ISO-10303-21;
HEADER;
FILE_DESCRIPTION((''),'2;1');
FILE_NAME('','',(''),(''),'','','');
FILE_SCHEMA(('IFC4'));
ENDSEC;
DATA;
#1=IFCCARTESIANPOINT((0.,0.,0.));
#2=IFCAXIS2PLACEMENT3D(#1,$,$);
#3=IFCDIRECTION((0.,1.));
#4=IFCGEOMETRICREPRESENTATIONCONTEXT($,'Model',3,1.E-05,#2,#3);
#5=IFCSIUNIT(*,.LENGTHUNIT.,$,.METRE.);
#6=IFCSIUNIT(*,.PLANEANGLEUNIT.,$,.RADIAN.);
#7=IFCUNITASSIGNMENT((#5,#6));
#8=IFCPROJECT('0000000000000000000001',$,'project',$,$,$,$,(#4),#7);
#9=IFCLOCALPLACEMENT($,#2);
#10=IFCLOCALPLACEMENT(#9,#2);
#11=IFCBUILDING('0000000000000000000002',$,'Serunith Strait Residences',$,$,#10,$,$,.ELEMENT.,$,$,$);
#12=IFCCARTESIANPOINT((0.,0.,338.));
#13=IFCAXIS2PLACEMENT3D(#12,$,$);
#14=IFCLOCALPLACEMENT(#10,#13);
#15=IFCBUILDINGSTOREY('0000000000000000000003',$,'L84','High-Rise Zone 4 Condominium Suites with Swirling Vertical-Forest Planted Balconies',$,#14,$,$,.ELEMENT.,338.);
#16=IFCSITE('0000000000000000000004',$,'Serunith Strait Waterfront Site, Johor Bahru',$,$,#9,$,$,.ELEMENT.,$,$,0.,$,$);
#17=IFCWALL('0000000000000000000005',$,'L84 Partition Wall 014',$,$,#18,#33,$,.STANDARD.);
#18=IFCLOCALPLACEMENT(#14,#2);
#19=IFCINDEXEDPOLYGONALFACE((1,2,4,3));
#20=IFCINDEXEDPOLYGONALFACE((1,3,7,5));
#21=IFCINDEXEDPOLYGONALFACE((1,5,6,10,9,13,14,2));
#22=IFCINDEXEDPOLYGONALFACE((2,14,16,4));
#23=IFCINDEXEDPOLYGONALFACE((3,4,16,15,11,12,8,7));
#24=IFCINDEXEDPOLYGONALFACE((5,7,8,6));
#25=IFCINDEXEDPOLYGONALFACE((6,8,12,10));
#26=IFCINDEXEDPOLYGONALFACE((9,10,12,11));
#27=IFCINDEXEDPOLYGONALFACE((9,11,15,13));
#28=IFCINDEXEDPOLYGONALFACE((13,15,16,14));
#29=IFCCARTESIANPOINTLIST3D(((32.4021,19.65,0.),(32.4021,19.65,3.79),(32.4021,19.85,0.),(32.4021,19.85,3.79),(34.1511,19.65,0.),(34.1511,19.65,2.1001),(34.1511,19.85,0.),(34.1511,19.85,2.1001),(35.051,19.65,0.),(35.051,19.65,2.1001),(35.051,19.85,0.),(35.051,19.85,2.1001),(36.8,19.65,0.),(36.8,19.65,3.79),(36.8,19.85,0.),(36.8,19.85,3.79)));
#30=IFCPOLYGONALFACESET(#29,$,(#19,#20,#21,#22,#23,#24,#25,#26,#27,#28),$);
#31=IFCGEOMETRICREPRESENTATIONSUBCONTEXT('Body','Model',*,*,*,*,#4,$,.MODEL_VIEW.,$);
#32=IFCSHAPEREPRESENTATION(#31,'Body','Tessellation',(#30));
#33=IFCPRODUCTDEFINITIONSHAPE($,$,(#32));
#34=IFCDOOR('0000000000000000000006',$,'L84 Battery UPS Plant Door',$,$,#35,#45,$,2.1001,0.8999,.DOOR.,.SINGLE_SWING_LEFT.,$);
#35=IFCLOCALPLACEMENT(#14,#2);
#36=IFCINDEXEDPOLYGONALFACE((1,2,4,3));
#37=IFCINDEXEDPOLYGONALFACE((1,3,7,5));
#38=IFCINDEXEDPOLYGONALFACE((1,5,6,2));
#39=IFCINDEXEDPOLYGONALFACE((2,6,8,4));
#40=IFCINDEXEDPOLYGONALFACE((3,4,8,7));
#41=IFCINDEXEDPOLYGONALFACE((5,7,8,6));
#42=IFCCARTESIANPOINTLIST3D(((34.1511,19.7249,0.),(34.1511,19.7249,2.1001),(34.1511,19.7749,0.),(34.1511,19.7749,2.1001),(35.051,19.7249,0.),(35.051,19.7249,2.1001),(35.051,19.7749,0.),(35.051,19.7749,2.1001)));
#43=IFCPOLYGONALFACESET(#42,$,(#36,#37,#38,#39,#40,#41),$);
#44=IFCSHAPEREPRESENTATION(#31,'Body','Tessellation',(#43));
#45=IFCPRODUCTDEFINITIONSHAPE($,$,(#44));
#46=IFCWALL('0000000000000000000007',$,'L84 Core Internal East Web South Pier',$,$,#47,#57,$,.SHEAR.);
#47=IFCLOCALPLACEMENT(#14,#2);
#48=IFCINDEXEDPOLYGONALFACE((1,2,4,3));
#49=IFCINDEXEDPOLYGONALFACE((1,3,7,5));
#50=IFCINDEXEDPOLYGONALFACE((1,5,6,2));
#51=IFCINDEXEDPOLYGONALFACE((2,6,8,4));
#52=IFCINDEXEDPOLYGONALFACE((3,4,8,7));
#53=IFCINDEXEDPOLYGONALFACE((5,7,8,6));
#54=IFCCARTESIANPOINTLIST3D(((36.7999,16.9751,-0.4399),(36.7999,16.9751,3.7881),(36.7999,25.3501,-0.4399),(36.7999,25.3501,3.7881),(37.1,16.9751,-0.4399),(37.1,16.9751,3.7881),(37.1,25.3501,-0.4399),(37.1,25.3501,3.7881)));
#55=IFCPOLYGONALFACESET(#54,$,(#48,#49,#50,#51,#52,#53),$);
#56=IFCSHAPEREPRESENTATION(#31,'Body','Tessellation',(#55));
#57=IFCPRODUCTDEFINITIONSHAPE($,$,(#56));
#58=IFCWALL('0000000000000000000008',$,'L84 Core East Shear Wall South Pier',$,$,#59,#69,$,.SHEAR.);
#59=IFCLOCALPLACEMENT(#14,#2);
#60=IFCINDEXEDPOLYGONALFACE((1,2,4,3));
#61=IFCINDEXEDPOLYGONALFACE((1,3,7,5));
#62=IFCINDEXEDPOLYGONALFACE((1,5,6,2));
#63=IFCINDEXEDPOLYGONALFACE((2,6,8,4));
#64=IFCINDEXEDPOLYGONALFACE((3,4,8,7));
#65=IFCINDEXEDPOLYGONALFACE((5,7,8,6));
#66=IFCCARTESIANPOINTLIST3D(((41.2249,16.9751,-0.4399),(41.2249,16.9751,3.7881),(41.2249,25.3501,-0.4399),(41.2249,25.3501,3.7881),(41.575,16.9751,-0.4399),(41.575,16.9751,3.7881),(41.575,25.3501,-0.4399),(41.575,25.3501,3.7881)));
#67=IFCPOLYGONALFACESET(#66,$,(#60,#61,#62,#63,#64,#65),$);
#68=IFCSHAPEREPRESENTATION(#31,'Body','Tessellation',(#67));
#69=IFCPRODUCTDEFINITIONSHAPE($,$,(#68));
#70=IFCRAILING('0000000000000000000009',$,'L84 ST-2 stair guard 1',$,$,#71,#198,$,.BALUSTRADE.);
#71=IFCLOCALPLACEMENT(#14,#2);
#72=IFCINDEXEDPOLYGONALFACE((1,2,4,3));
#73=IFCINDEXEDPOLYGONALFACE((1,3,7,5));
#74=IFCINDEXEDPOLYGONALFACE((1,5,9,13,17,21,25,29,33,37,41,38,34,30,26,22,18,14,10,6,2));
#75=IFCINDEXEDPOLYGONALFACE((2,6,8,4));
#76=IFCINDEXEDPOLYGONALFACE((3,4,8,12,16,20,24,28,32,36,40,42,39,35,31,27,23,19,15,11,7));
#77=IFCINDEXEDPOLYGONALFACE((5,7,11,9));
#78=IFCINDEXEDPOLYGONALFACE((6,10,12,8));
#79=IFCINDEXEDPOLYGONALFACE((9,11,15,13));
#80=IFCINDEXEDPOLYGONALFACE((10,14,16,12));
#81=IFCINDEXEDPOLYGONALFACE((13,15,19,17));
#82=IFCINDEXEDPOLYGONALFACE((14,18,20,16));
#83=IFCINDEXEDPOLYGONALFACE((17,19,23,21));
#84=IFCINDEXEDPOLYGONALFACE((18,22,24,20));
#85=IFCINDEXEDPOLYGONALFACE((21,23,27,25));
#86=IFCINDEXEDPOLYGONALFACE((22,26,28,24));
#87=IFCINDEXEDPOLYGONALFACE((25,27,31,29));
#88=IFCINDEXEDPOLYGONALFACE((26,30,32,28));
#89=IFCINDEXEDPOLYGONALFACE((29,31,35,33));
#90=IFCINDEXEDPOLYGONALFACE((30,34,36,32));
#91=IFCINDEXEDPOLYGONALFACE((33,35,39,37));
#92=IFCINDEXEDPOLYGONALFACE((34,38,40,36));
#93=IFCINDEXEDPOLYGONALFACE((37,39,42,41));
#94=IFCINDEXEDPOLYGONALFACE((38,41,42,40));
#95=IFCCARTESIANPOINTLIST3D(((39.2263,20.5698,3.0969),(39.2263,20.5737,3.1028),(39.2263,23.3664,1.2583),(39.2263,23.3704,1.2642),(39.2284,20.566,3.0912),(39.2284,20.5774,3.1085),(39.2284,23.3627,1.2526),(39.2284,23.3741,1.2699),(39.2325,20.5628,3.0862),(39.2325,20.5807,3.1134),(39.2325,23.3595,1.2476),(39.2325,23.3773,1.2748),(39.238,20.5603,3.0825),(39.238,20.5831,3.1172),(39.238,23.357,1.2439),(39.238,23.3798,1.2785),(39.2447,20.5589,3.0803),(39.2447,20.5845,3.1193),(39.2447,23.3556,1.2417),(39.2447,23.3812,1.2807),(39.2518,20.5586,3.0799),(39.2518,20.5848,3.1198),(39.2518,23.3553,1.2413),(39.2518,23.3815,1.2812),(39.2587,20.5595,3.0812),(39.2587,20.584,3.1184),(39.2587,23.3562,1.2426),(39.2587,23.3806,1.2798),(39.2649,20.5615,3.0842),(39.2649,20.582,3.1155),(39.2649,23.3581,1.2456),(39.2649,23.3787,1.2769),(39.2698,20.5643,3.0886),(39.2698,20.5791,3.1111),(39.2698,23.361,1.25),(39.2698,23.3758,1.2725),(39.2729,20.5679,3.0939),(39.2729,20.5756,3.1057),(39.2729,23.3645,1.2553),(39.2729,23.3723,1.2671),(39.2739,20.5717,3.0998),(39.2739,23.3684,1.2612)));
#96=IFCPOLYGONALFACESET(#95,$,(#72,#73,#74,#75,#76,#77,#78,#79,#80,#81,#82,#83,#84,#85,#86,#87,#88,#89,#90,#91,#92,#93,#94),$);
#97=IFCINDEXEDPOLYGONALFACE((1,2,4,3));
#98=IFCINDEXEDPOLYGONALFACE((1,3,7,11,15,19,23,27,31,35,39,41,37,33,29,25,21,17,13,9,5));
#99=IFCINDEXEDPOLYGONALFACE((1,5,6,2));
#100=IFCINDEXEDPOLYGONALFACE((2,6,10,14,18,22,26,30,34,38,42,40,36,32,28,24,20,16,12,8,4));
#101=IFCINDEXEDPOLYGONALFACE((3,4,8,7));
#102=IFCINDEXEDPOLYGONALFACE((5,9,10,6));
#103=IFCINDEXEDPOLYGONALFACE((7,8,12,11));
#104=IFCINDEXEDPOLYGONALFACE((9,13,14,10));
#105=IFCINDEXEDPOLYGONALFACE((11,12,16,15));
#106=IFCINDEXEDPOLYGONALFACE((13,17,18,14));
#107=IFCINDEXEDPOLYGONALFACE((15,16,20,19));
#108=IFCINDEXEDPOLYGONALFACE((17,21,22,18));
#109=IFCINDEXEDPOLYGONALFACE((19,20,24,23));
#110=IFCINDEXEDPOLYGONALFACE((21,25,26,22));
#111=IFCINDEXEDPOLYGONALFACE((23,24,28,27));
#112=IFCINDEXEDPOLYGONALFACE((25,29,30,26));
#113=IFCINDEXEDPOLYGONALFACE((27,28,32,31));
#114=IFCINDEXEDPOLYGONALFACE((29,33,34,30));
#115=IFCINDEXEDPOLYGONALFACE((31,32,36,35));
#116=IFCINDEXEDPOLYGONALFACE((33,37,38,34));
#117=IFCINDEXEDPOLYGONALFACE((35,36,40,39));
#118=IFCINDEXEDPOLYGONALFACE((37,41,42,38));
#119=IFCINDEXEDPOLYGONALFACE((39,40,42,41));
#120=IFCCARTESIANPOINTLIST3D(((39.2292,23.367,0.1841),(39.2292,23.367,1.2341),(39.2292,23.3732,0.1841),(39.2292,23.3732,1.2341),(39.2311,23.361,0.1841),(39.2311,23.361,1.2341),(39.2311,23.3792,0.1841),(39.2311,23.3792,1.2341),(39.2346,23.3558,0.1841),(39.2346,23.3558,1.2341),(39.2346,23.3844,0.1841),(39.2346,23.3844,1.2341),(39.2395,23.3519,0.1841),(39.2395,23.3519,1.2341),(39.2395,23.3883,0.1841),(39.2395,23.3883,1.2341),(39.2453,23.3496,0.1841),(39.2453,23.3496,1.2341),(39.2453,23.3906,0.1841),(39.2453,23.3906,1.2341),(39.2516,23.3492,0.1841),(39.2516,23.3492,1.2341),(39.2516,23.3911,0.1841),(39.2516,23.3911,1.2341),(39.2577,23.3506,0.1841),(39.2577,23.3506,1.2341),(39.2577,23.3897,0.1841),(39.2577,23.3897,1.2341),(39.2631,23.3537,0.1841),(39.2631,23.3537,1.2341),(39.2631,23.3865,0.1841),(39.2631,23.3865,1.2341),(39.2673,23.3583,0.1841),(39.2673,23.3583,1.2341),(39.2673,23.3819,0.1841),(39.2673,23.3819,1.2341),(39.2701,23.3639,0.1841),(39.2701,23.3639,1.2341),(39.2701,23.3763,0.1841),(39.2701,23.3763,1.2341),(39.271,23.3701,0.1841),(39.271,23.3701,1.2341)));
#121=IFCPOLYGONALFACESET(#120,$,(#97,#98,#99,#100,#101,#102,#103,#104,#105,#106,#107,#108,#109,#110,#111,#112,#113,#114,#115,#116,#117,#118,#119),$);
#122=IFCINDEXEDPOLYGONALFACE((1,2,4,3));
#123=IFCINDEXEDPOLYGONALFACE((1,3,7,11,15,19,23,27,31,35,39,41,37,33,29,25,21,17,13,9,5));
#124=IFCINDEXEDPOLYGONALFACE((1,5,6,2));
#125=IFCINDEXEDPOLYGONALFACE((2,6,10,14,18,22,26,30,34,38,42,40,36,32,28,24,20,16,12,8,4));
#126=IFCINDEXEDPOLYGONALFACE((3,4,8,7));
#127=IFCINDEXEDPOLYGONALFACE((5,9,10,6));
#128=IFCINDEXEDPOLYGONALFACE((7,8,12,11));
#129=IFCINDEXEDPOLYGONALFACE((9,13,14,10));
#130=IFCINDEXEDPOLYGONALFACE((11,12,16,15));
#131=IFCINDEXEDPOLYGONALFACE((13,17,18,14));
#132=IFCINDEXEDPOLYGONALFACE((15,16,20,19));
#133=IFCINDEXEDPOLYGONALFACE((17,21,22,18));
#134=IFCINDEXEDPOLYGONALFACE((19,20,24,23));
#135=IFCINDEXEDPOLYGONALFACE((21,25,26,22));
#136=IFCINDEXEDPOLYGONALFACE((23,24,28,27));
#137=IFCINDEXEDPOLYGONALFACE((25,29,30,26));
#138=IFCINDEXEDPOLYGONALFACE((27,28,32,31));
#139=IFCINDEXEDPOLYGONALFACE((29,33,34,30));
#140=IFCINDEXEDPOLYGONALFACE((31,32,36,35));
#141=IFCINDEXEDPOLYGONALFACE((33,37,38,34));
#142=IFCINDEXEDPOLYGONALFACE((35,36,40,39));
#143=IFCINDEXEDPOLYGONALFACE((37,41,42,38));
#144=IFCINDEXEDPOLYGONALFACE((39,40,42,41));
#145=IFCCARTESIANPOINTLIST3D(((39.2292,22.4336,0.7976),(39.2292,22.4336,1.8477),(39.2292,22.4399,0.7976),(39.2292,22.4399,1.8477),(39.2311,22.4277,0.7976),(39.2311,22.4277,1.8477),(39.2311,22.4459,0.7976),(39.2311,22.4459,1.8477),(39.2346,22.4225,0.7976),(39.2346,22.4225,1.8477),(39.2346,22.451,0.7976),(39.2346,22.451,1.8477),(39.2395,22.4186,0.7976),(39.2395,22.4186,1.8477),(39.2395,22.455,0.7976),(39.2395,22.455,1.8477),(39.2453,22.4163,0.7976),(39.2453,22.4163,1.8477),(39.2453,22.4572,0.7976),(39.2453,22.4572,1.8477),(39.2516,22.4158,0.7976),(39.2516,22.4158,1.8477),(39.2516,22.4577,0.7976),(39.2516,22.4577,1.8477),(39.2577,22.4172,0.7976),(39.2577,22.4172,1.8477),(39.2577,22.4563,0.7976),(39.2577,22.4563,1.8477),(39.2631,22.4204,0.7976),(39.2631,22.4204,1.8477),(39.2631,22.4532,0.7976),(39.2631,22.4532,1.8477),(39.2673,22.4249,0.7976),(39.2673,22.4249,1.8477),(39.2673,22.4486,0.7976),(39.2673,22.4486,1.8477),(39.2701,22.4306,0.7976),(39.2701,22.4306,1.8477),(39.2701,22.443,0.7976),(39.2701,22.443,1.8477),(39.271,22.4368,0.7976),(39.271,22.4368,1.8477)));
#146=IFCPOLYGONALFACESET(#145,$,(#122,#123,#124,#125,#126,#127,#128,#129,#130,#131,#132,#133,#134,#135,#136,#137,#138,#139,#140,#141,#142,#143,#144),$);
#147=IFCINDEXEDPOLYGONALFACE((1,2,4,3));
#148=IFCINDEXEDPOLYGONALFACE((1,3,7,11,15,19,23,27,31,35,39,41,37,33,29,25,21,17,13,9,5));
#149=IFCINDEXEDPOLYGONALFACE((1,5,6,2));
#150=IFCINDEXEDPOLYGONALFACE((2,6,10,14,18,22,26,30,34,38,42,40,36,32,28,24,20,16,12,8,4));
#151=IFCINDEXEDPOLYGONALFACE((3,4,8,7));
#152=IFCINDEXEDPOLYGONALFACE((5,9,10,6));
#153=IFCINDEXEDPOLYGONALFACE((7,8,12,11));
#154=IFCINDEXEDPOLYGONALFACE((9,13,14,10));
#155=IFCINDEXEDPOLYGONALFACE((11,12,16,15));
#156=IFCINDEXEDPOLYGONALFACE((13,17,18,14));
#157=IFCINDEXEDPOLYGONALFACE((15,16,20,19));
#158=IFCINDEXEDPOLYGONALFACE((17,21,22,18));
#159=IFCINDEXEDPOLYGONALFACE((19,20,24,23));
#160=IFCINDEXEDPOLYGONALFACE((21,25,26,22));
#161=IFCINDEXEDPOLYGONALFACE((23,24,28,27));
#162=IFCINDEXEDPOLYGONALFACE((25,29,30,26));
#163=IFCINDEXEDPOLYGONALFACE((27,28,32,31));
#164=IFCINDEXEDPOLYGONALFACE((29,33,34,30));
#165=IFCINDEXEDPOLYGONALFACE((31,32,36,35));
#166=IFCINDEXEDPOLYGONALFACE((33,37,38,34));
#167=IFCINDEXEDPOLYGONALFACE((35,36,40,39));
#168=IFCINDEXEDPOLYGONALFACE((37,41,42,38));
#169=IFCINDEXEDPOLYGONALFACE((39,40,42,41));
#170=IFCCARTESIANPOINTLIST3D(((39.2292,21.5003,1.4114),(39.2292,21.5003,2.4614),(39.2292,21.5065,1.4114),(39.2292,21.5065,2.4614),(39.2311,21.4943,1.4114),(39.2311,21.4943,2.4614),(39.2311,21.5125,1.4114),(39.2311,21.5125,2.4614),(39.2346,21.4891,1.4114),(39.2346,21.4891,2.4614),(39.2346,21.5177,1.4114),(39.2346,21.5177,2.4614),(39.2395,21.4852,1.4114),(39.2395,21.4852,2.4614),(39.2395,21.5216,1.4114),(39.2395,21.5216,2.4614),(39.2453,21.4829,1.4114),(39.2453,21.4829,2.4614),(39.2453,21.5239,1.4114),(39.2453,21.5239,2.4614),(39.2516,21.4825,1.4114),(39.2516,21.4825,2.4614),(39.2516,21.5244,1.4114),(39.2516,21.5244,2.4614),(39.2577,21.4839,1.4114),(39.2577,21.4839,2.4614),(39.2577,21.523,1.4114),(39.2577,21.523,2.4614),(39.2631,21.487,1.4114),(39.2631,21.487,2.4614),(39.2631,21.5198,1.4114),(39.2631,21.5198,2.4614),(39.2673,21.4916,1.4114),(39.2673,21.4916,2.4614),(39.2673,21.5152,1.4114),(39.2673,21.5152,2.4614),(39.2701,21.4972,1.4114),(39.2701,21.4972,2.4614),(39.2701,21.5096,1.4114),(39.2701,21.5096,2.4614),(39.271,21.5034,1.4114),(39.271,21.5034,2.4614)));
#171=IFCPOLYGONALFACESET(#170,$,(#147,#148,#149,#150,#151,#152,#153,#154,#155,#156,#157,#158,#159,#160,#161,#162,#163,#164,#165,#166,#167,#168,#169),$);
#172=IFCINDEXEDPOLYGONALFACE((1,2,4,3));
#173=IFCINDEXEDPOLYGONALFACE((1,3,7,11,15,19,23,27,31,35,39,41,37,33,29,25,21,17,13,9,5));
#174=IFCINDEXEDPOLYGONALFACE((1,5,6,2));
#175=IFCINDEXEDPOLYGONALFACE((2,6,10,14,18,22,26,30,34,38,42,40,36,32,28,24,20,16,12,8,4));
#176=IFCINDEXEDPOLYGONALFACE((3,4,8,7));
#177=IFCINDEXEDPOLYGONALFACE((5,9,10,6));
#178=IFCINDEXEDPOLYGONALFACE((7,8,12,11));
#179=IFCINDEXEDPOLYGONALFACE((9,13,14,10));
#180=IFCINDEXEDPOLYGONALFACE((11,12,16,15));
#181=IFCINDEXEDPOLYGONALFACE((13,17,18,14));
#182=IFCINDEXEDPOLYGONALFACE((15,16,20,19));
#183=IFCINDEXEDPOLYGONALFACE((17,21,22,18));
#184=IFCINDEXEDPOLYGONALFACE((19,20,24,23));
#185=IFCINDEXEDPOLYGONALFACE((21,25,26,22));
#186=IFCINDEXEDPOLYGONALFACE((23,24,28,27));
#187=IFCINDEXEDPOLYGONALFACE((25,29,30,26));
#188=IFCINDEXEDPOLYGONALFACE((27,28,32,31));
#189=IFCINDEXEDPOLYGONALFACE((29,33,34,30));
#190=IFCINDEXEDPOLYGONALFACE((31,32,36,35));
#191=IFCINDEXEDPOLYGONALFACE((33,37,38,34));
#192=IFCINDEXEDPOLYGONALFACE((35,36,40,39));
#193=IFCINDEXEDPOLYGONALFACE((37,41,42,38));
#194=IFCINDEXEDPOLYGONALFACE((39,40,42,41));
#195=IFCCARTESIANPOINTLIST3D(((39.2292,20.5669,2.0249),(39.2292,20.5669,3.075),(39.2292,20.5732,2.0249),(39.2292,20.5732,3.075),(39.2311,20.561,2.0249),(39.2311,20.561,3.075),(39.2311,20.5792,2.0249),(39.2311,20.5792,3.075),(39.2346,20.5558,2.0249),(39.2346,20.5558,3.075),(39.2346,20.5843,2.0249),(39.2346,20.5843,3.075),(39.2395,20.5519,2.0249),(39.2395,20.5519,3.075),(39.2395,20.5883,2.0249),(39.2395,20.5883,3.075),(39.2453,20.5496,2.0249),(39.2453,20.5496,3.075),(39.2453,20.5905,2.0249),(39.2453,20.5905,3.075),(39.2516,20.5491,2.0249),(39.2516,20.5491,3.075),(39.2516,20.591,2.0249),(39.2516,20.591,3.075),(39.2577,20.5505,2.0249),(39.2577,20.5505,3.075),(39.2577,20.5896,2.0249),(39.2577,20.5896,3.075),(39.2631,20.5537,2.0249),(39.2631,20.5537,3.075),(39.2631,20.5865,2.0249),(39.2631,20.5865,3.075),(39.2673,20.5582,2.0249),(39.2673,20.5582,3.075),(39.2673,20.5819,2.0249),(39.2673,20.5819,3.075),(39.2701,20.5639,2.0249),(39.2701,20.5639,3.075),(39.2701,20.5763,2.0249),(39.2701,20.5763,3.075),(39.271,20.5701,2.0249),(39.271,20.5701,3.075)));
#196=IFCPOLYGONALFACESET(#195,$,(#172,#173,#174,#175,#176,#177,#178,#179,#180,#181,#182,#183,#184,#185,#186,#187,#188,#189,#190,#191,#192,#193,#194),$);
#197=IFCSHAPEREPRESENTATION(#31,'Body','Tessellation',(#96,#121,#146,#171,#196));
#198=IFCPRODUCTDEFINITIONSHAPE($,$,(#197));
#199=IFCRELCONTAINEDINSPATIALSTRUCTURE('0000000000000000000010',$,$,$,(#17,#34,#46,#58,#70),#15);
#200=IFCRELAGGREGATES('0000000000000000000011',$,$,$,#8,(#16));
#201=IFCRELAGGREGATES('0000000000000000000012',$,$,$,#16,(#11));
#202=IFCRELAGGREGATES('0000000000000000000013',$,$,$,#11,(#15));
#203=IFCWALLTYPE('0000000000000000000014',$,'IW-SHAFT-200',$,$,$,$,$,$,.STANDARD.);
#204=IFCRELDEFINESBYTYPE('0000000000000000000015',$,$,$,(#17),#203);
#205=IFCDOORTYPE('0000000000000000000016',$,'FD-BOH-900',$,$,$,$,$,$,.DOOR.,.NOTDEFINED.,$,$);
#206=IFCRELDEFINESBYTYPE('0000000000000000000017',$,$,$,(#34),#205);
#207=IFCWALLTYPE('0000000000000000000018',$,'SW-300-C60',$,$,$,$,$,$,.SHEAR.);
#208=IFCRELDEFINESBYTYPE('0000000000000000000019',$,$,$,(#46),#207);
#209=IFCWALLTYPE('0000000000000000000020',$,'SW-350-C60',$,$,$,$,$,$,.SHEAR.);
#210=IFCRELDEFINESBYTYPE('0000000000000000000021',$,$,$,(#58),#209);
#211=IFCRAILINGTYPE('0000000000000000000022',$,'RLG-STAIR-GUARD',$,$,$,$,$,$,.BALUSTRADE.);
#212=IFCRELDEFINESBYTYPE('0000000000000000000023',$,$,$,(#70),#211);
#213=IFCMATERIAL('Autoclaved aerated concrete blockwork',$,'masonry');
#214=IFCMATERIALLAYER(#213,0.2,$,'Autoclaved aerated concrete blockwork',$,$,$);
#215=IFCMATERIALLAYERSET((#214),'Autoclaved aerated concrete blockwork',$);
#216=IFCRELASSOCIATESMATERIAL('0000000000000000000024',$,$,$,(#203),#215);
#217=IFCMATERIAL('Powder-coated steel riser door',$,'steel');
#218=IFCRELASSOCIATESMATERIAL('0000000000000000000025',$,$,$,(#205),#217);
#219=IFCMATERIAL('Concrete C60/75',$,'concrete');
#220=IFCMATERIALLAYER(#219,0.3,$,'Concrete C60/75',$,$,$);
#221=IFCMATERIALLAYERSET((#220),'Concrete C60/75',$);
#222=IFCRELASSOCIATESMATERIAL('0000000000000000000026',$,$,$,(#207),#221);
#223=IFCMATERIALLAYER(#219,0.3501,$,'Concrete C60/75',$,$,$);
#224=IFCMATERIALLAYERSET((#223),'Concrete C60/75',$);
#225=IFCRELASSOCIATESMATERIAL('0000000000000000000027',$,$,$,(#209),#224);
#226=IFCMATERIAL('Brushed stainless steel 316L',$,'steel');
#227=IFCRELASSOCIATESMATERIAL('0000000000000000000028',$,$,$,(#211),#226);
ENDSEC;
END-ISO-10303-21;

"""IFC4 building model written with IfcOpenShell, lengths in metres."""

from ifc_helpers import new_model, si_unit, direction, frame, frame_2d, origin, origin_2d, place, context, subcontext, project, spatial, rectangle, circle, extrude, source, transform, mapped, material, layer, layer_set, type_object, element, fill, save


model = new_model("IFC4")

# Units and contexts
model_context = context("Model", 3, precision=1e-05, world=origin(), true_north=direction((0.0, 1.0)))
body_context = subcontext(model_context, "Body", "Model", "MODEL_VIEW")
ifc_project = project(units=[si_unit("LENGTHUNIT", "METRE"), si_unit("PLANEANGLEUNIT", "RADIAN")], contexts=[model_context])

# Site, building, storey
site_placement = place(None, origin())
site = spatial("IfcSite", under=ifc_project, at=site_placement, Name="Serunith Strait Waterfront Site, Johor Bahru", CompositionType="ELEMENT", RefElevation=0.0)
building_placement = place(site_placement, origin())
building = spatial("IfcBuilding", under=site, at=building_placement, Name="Serunith Strait Residences", CompositionType="ELEMENT")
storey_placement = place(building_placement, frame((0.0, 0.0, 338.0)))
storey = spatial("IfcBuildingStorey", under=building, at=storey_placement, Name="L84", Description="High-Rise Zone 4 Condominium Suites with Swirling Vertical-Forest Planted Balconies", CompositionType="ELEMENT", Elevation=338.0)

# Shared definitions
ifc_material_1 = material(Name="Concrete C60/75", Category="concrete")

# Wall, opening, door
ifc_material_2 = material(Name="Autoclaved aerated concrete blockwork", Category="masonry")
ifc_layer_1 = layer(ifc_material_2, 0.2, Name="Autoclaved aerated concrete blockwork")
ifc_layer_set_1 = layer_set([ifc_layer_1], Name="Autoclaved aerated concrete blockwork")
wall_type_1 = type_object("IfcWallType", Name="IW-SHAFT-200", PredefinedType="STANDARD", material=ifc_layer_set_1)
wall_1_placement = place(storey_placement, frame((32.4021, 19.75, 0.0), z_axis=(0.0, 0.0, 1.0), x_axis=(1.0, 0.0, 0.0)))
wall_1 = element("IfcWall", 1, at=wall_1_placement, inside=storey, type_object=wall_type_1, Name="L84 Partition Wall 014", PredefinedType="STANDARD", context=body_context, shape_type="SweptSolid", body=[
    extrude(rectangle(XDim=4.3979, YDim=0.2, at=frame_2d((2.199, 0.0))), origin(), (0.0, 0.0, 1.0), 3.79),
])
opening_1_placement = place(wall_1_placement, frame((1.749, 0.0, 0.0)))
opening_1 = element("IfcOpeningElement", 2, at=opening_1_placement, cuts=wall_1, PredefinedType="OPENING", context=body_context, shape_type="SweptSolid", body=[
    extrude(rectangle(XDim=0.8999, YDim=2.1001, at=frame_2d((0.45, 1.05))), frame((0.0, 0.1099, 0.0), z_axis=(0.0, -1.0, 0.0), x_axis=(1.0, 0.0, 0.0)), (0.0, 0.0, 1.0), 0.22),
])
ifc_material_3 = material(Name="Powder-coated steel riser door", Category="steel")
door_type_1 = type_object("IfcDoorType", Name="FD-BOH-900", OperationType="NOTDEFINED", PredefinedType="DOOR", material=ifc_material_3)
shared_shape_1 = source(origin(), body_context, "Body", "SweptSolid", [
    extrude(rectangle(XDim=0.8999, YDim=2.1001, at=frame_2d((0.45, 1.05))), frame((0.0, 0.0249, 0.0), z_axis=(0.0, -1.0, 0.0), x_axis=(1.0, 0.0, 0.0)), (0.0, 0.0, 1.0), 0.05),
])
door_1_placement = place(opening_1_placement, origin())
door_1 = element("IfcDoor", 3, at=door_1_placement, inside=storey, type_object=door_type_1, Name="L84 Battery UPS Plant Door", OperationType="SINGLE_SWING_LEFT", OverallHeight=2.1001, OverallWidth=0.8999, PredefinedType="DOOR", context=body_context, shape_type="MappedRepresentation", body=[
    mapped(shared_shape_1, transform((0.0, 0.0, 0.0), scale=1.0)),
])
fill(opening_1, door_1)

# Walls
ifc_layer_2 = layer(ifc_material_1, 0.3, Name="Concrete C60/75")
ifc_layer_set_2 = layer_set([ifc_layer_2], Name="Concrete C60/75")
wall_type_2 = type_object("IfcWallType", Name="SW-300-C60", PredefinedType="SHEAR", material=ifc_layer_set_2)
wall_2_placement = place(storey_placement, frame((36.95, 16.9751, -0.4399), z_axis=(0.0, 0.0, 1.0), x_axis=(0.0, 1.0, 0.0)))
element("IfcWall", 4, at=wall_2_placement, inside=storey, type_object=wall_type_2, Name="L84 Core Internal East Web South Pier", PredefinedType="SHEAR", context=body_context, shape_type="SweptSolid", body=[
    extrude(rectangle(XDim=8.375, YDim=0.3, at=frame_2d((4.1875, 0.0))), origin(), (0.0, 0.0, 1.0), 4.228),
])
ifc_layer_3 = layer(ifc_material_1, 0.3501, Name="Concrete C60/75")
ifc_layer_set_3 = layer_set([ifc_layer_3], Name="Concrete C60/75")
wall_type_3 = type_object("IfcWallType", Name="SW-350-C60", PredefinedType="SHEAR", material=ifc_layer_set_3)
wall_3_placement = place(storey_placement, frame((41.3999, 16.9751, -0.4399), z_axis=(0.0, 0.0, 1.0), x_axis=(0.0, 1.0, 0.0)))
element("IfcWall", 5, at=wall_3_placement, inside=storey, type_object=wall_type_3, Name="L84 Core East Shear Wall South Pier", PredefinedType="SHEAR", context=body_context, shape_type="SweptSolid", body=[
    extrude(rectangle(XDim=8.375, YDim=0.3501, at=frame_2d((4.1875, 0.0))), origin(), (0.0, 0.0, 1.0), 4.228),
])

# Railing
ifc_material_4 = material(Name="Brushed stainless steel 316L", Category="steel")
railing_type_1 = type_object("IfcRailingType", Name="RLG-STAIR-GUARD", PredefinedType="BALUSTRADE", material=ifc_material_4)
railing_1_placement = place(storey_placement, frame((39.25, 23.3701, 0.1841)))
element("IfcRailing", 6, at=railing_1_placement, inside=storey, type_object=railing_type_1, Name="L84 ST-2 stair guard 1", PredefinedType="BALUSTRADE", context=body_context, shape_type="SweptSolid", body=[
    extrude(circle(Radius=0.0239, at=origin_2d()), frame((0.0, -0.0017, 1.0771), z_axis=(0.0, -0.835598, 0.549342), x_axis=(1.0, 0.0, 0.0)), (0.0, 0.0, 1.0), 3.3469),
    extrude(circle(Radius=0.021, at=origin_2d()), origin(), (0.0, 0.0, 1.0), 1.05),
    extrude(circle(Radius=0.021, at=origin_2d()), frame((0.0, -0.9333, 0.6135)), (0.0, 0.0, 1.0), 1.05),
    extrude(circle(Radius=0.021, at=origin_2d()), frame((0.0, -1.8667, 1.2273)), (0.0, 0.0, 1.0), 1.05),
    extrude(circle(Radius=0.021, at=origin_2d()), frame((0.0, -2.8, 1.8408)), (0.0, 0.0, 1.0), 1.05),
])

save(model, "model.ifc")
